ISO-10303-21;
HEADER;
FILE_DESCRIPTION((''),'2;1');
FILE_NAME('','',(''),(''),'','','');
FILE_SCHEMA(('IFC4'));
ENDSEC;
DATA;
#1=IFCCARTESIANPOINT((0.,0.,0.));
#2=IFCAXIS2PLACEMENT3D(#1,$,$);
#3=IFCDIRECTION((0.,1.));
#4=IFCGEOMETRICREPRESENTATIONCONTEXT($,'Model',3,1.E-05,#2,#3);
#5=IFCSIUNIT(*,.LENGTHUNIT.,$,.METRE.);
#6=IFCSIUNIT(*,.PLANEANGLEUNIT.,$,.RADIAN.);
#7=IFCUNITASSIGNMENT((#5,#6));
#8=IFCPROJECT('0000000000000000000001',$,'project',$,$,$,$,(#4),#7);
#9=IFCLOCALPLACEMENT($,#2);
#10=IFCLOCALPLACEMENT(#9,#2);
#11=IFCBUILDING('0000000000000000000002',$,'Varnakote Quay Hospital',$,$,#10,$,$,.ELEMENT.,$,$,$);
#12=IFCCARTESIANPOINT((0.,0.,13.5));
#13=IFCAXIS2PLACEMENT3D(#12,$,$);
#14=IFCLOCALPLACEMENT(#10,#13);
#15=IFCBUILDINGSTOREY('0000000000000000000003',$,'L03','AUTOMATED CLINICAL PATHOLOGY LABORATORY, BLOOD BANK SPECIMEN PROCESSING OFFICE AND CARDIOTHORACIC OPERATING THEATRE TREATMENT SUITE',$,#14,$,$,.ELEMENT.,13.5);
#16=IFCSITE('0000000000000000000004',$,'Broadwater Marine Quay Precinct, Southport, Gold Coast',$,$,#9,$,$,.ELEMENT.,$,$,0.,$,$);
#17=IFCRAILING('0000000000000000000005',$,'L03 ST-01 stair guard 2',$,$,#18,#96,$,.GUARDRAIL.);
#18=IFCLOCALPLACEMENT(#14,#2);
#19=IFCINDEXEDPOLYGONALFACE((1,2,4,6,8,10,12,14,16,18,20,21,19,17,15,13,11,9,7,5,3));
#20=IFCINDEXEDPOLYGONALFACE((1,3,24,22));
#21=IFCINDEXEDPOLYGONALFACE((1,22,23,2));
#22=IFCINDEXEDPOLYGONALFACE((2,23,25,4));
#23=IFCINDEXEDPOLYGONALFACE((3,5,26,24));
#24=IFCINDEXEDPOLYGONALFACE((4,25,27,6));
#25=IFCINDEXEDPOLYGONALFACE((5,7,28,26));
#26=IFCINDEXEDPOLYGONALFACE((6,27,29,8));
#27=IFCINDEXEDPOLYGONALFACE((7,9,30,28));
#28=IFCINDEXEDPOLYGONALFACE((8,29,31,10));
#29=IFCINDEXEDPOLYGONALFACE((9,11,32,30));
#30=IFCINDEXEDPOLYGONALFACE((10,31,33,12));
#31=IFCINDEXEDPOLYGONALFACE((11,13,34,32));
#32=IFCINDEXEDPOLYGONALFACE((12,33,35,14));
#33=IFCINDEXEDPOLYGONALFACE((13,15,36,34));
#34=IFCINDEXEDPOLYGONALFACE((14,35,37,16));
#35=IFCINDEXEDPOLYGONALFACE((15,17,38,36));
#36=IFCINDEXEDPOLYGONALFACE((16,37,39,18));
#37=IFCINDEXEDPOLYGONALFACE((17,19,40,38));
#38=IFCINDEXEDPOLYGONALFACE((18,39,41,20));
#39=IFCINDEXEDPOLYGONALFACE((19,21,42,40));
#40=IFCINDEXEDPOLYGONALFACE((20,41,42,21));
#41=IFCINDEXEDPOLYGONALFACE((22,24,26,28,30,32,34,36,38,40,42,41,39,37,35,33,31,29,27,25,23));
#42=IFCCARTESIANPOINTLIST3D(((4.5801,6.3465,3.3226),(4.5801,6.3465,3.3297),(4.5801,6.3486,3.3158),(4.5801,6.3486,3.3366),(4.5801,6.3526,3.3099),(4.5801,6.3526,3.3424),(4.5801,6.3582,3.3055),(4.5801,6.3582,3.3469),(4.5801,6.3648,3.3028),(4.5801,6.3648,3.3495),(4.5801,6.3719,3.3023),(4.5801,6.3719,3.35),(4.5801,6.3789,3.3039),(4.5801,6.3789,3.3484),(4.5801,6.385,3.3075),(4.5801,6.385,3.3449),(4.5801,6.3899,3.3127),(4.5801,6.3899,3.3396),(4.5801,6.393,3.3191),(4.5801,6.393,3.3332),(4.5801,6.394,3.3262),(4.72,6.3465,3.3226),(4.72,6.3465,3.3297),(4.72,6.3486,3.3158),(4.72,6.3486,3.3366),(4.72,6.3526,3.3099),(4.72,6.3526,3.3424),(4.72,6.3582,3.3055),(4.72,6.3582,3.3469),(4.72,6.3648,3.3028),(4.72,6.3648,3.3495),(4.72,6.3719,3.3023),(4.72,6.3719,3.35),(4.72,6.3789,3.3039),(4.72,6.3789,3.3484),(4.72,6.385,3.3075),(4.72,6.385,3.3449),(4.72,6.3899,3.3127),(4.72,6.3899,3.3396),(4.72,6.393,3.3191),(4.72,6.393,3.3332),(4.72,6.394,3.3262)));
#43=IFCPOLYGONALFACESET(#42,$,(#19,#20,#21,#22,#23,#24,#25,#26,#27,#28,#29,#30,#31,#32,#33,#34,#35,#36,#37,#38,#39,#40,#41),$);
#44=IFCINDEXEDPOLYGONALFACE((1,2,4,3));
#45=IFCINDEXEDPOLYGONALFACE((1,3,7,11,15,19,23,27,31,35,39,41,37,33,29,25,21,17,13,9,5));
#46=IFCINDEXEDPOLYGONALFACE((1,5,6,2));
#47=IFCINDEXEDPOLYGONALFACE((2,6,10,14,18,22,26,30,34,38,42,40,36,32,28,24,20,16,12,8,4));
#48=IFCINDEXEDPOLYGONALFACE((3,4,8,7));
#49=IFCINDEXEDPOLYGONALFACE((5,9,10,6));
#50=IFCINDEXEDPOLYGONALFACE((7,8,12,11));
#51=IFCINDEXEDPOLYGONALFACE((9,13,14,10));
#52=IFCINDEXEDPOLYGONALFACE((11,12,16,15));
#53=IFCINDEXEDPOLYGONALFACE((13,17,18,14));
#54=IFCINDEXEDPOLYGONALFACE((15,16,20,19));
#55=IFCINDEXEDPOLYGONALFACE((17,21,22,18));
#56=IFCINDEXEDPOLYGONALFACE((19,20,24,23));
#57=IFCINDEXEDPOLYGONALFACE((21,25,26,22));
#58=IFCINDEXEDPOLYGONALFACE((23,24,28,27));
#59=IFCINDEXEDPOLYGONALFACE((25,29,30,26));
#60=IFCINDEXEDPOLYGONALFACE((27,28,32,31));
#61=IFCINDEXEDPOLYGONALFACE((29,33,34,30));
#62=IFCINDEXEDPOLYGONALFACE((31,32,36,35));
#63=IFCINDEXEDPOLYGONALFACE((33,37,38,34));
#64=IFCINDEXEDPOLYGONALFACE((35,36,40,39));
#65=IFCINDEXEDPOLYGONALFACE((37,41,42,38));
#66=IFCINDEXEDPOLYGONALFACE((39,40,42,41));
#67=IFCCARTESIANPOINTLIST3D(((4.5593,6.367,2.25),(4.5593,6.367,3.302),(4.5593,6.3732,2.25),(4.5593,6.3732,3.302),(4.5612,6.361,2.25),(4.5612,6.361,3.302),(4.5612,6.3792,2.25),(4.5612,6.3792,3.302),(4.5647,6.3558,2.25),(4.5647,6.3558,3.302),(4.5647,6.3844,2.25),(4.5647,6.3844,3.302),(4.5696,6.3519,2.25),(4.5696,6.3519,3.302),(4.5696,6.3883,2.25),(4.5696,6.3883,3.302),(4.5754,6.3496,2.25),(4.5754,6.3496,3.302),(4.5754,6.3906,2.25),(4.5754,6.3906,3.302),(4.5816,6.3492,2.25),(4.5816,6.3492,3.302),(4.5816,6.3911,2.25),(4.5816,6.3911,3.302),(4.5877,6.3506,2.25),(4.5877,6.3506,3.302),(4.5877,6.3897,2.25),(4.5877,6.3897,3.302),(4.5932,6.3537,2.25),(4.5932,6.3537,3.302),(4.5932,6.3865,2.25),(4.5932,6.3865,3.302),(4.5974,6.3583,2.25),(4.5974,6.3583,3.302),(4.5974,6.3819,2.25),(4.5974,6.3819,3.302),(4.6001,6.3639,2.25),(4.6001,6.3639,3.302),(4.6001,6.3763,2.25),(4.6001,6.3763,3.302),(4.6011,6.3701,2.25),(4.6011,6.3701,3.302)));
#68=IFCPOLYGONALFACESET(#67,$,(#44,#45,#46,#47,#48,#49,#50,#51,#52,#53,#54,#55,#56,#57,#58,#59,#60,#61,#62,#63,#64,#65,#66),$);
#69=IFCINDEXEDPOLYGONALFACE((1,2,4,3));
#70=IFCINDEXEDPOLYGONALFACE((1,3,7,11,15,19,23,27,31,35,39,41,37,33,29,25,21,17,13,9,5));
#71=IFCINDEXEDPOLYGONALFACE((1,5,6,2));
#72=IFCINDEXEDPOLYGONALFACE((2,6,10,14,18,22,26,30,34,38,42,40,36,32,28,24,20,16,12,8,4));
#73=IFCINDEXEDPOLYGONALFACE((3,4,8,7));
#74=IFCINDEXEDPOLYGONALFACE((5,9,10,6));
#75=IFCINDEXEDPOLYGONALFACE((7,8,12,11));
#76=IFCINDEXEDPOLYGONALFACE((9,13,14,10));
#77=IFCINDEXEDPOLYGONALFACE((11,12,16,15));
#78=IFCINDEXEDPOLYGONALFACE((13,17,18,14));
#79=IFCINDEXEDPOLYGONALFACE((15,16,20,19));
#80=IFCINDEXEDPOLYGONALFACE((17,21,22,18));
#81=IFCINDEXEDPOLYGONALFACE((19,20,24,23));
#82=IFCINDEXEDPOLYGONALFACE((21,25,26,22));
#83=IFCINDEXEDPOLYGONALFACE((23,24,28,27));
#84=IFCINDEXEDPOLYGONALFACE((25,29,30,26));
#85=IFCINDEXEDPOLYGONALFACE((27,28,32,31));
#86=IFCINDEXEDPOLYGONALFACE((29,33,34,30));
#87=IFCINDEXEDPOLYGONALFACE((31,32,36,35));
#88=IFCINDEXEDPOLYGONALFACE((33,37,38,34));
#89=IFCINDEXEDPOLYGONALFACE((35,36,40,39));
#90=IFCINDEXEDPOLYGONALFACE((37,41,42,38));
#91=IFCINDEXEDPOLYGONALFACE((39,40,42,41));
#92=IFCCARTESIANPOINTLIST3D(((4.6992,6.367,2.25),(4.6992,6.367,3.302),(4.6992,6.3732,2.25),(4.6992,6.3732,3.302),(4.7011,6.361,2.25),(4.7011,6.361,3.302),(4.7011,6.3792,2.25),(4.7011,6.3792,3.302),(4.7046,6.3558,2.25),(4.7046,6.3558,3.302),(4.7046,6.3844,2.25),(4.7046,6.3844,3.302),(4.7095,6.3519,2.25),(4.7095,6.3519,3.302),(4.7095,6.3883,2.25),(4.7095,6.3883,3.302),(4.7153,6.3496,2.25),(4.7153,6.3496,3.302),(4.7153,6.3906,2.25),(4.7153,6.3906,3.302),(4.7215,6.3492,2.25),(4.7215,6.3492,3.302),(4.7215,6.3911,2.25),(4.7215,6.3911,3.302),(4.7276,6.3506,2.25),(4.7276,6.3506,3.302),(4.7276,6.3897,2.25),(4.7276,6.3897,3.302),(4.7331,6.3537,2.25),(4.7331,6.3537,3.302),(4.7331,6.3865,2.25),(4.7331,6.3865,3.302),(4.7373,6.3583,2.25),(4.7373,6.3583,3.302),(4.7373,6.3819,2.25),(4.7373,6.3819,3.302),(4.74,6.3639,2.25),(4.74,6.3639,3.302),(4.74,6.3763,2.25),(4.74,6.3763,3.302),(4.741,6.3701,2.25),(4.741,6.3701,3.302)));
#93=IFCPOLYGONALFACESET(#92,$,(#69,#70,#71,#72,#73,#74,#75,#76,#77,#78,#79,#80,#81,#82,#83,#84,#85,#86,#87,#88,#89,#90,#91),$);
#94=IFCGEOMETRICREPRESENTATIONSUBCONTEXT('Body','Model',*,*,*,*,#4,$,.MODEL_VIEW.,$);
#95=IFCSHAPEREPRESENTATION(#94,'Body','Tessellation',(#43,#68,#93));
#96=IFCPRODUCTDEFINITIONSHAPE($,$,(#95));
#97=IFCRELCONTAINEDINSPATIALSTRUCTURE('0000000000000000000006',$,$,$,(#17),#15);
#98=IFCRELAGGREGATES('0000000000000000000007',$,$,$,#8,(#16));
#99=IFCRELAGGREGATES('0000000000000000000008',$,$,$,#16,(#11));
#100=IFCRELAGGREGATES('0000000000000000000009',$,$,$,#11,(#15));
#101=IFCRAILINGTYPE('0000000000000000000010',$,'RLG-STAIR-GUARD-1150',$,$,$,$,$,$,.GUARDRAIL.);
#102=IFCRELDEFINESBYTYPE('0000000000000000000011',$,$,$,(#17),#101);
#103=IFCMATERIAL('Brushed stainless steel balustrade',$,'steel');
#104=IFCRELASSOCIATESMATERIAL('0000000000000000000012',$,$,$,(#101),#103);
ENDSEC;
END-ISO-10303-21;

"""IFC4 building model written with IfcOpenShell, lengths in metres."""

from ifc_helpers import new_model, si_unit, direction, frame, origin, origin_2d, place, context, subcontext, project, spatial, circle, extrude, material, type_object, element, save


model = new_model("IFC4")

# Units and contexts
model_context = context("Model", 3, precision=1e-05, world=origin(), true_north=direction((0.0, 1.0)))
body_context = subcontext(model_context, "Body", "Model", "MODEL_VIEW")
ifc_project = project(units=[si_unit("LENGTHUNIT", "METRE"), si_unit("PLANEANGLEUNIT", "RADIAN")], contexts=[model_context])

# Site, building, storey
site_placement = place(None, origin())
site = spatial("IfcSite", under=ifc_project, at=site_placement, Name="Broadwater Marine Quay Precinct, Southport, Gold Coast", CompositionType="ELEMENT", RefElevation=0.0)
building_placement = place(site_placement, origin())
building = spatial("IfcBuilding", under=site, at=building_placement, Name="Varnakote Quay Hospital", CompositionType="ELEMENT")
storey_placement = place(building_placement, frame((0.0, 0.0, 13.5)))
storey = spatial("IfcBuildingStorey", under=building, at=storey_placement, Name="L03", Description="AUTOMATED CLINICAL PATHOLOGY LABORATORY, BLOOD BANK SPECIMEN PROCESSING OFFICE AND CARDIOTHORACIC OPERATING THEATRE TREATMENT SUITE", CompositionType="ELEMENT", Elevation=13.5)

# Railing
ifc_material_1 = material(Name="Brushed stainless steel balustrade", Category="steel")
railing_type_1 = type_object("IfcRailingType", Name="RLG-STAIR-GUARD-1150", PredefinedType="GUARDRAIL", material=ifc_material_1)
railing_1_placement = place(storey_placement, frame((4.5801, 6.3701, 2.25)))
element("IfcRailing", 1, at=railing_1_placement, inside=storey, type_object=railing_type_1, Name="L03 ST-01 stair guard 2", PredefinedType="GUARDRAIL", context=body_context, shape_type="SweptSolid", body=[
    extrude(circle(Radius=0.0239, at=origin_2d()), frame((0.0, 0.0, 1.0762), z_axis=(1.0, 0.0, 0.0), x_axis=(0.0, 1.0, 0.0)), (0.0, 0.0, 1.0), 0.1399),
    extrude(circle(Radius=0.021, at=origin_2d()), origin(), (0.0, 0.0, 1.0), 1.052),
    extrude(circle(Radius=0.021, at=origin_2d()), frame((0.1399, 0.0, 0.0)), (0.0, 0.0, 1.0), 1.052),
])

save(model, "model.ifc")
